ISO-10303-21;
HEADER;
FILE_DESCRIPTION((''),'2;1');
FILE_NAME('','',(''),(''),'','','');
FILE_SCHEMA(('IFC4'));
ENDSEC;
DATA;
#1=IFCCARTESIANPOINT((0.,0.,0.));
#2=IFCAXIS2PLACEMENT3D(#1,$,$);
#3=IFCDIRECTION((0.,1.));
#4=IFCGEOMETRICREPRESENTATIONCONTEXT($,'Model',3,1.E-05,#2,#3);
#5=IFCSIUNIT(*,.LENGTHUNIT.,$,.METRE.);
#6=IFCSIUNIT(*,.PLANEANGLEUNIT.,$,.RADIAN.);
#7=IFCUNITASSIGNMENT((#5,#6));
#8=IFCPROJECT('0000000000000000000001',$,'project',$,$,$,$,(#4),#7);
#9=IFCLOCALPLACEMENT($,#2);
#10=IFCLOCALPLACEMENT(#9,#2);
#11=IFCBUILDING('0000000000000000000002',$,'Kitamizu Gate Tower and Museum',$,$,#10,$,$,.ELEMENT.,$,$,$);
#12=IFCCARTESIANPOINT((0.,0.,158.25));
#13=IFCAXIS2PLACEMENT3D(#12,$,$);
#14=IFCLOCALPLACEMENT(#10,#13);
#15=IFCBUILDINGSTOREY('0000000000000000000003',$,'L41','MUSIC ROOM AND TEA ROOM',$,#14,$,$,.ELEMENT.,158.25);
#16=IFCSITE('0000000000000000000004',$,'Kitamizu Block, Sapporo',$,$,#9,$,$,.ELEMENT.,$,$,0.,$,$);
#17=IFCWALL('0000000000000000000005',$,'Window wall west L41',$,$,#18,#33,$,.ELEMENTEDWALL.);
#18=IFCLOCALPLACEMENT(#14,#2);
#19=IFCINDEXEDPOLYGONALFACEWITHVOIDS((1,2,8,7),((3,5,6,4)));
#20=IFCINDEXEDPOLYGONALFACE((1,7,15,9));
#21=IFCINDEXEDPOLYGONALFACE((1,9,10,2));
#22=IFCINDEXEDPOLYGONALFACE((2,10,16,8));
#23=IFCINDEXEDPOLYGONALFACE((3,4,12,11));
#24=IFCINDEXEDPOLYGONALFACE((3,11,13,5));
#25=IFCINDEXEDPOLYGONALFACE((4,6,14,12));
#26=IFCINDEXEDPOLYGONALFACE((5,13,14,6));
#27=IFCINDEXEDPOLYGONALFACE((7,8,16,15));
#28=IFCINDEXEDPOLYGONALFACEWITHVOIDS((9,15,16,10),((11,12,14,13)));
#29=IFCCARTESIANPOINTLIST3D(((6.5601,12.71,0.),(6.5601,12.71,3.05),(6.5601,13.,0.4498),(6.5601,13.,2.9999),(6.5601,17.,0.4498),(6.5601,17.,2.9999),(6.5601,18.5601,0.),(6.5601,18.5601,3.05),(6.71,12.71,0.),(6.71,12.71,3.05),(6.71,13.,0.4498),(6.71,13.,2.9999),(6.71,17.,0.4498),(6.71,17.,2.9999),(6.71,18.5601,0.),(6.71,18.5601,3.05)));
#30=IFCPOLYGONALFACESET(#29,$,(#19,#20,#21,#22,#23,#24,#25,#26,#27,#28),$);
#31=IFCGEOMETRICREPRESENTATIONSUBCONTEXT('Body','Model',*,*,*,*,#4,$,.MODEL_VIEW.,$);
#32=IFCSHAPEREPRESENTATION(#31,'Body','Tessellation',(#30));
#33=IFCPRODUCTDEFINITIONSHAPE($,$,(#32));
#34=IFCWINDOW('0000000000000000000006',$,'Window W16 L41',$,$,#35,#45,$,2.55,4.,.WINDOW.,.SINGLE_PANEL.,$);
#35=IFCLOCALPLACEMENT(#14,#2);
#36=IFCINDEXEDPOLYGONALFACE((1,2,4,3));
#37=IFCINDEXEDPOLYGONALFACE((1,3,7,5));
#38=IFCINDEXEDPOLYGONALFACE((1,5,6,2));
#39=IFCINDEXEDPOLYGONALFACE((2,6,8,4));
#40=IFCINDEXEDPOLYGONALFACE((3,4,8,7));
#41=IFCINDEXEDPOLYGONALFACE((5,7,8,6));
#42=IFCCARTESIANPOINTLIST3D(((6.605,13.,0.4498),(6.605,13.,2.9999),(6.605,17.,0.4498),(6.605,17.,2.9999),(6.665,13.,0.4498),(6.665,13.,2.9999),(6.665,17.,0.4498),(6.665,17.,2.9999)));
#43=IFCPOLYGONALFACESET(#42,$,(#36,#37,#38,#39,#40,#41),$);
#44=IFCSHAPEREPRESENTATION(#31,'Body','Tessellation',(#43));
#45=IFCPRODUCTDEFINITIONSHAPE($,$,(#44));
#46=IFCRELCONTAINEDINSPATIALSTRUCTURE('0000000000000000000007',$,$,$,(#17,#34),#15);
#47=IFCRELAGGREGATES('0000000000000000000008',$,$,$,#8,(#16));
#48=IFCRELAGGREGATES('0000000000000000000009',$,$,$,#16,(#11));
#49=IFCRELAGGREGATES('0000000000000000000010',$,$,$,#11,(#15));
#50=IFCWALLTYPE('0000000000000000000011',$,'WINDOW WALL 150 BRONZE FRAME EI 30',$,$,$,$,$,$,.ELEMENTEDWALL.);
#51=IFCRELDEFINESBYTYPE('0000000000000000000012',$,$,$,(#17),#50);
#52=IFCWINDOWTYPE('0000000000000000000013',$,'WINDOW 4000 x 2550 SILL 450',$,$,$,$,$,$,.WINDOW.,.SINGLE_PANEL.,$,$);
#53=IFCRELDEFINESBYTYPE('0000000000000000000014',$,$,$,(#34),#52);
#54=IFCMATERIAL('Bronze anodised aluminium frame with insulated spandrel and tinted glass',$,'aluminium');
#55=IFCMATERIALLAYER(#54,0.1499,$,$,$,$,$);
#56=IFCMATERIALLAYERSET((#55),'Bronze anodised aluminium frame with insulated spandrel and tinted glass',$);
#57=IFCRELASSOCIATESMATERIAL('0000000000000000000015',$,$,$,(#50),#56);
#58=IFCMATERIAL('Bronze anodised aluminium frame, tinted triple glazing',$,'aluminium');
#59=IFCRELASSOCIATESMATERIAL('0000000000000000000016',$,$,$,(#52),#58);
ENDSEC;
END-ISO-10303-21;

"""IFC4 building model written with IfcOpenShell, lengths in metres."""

from ifc_helpers import new_model, si_unit, direction, frame, frame_2d, origin, place, context, subcontext, project, spatial, rectangle, extrude, material, layer, layer_set, type_object, element, fill, save


model = new_model("IFC4")

# Units and contexts
model_context = context("Model", 3, precision=1e-05, world=origin(), true_north=direction((0.0, 1.0)))
body_context = subcontext(model_context, "Body", "Model", "MODEL_VIEW")
ifc_project = project(units=[si_unit("LENGTHUNIT", "METRE"), si_unit("PLANEANGLEUNIT", "RADIAN")], contexts=[model_context])

# Site, building, storey
site_placement = place(None, origin())
site = spatial("IfcSite", under=ifc_project, at=site_placement, Name="Kitamizu Block, Sapporo", CompositionType="ELEMENT", RefElevation=0.0)
building_placement = place(site_placement, origin())
building = spatial("IfcBuilding", under=site, at=building_placement, Name="Kitamizu Gate Tower and Museum", CompositionType="ELEMENT")
storey_placement = place(building_placement, frame((0.0, 0.0, 158.25)))
storey = spatial("IfcBuildingStorey", under=building, at=storey_placement, Name="L41", Description="MUSIC ROOM AND TEA ROOM", CompositionType="ELEMENT", Elevation=158.25)

# Shared definitions
ifc_material_1 = material(Name="Bronze anodised aluminium frame with insulated spandrel and tinted glass", Category="aluminium")
ifc_layer_1 = layer(ifc_material_1, 0.1499)
ifc_layer_set_1 = layer_set([ifc_layer_1], Name="Bronze anodised aluminium frame with insulated spandrel and tinted glass")
wall_type_1 = type_object("IfcWallType", Name="WINDOW WALL 150 BRONZE FRAME EI 30", PredefinedType="ELEMENTEDWALL", material=ifc_layer_set_1)

# Wall, opening, window
wall_1_placement = place(storey_placement, frame((6.635, 12.71, 0.0), z_axis=(0.0, 0.0, 1.0), x_axis=(0.0, 1.0, 0.0)))
wall_1 = element("IfcWall", 1, at=wall_1_placement, inside=storey, type_object=wall_type_1, Name="Window wall west L41", PredefinedType="ELEMENTEDWALL", context=body_context, shape_type="SweptSolid", body=[
    extrude(rectangle(XDim=5.8501, YDim=0.1499, at=frame_2d((2.925, 0.0))), origin(), (0.0, 0.0, 1.0), 3.05),
])
opening_1_placement = place(wall_1_placement, frame((0.29, 0.0, 0.45)))
opening_1 = element("IfcOpeningElement", 2, at=opening_1_placement, cuts=wall_1, PredefinedType="OPENING", context=body_context, shape_type="SweptSolid", body=[
    extrude(rectangle(XDim=4.0, YDim=2.55, at=frame_2d((2.0, 1.2749))), frame((0.0, 0.085, 0.0), z_axis=(0.0, -1.0, 0.0), x_axis=(1.0, 0.0, 0.0)), (0.0, 0.0, 1.0), 0.1699),
])
ifc_material_2 = material(Name="Bronze anodised aluminium frame, tinted triple glazing", Category="aluminium")
window_type_1 = type_object("IfcWindowType", Name="WINDOW 4000 x 2550 SILL 450", PartitioningType="SINGLE_PANEL", PredefinedType="WINDOW", material=ifc_material_2)
window_1_placement = place(opening_1_placement, origin())
window_1 = element("IfcWindow", 3, at=window_1_placement, inside=storey, type_object=window_type_1, Name="Window W16 L41", OverallHeight=2.55, OverallWidth=4.0, PartitioningType="SINGLE_PANEL", PredefinedType="WINDOW", context=body_context, shape_type="SweptSolid", body=[
    extrude(rectangle(XDim=4.0, YDim=2.55, at=frame_2d((2.0, 1.2749))), frame((0.0, 0.03, 0.0), z_axis=(0.0, -1.0, 0.0), x_axis=(1.0, 0.0, 0.0)), (0.0, 0.0, 1.0), 0.0601),
])
fill(opening_1, window_1)

save(model, "model.ifc")
